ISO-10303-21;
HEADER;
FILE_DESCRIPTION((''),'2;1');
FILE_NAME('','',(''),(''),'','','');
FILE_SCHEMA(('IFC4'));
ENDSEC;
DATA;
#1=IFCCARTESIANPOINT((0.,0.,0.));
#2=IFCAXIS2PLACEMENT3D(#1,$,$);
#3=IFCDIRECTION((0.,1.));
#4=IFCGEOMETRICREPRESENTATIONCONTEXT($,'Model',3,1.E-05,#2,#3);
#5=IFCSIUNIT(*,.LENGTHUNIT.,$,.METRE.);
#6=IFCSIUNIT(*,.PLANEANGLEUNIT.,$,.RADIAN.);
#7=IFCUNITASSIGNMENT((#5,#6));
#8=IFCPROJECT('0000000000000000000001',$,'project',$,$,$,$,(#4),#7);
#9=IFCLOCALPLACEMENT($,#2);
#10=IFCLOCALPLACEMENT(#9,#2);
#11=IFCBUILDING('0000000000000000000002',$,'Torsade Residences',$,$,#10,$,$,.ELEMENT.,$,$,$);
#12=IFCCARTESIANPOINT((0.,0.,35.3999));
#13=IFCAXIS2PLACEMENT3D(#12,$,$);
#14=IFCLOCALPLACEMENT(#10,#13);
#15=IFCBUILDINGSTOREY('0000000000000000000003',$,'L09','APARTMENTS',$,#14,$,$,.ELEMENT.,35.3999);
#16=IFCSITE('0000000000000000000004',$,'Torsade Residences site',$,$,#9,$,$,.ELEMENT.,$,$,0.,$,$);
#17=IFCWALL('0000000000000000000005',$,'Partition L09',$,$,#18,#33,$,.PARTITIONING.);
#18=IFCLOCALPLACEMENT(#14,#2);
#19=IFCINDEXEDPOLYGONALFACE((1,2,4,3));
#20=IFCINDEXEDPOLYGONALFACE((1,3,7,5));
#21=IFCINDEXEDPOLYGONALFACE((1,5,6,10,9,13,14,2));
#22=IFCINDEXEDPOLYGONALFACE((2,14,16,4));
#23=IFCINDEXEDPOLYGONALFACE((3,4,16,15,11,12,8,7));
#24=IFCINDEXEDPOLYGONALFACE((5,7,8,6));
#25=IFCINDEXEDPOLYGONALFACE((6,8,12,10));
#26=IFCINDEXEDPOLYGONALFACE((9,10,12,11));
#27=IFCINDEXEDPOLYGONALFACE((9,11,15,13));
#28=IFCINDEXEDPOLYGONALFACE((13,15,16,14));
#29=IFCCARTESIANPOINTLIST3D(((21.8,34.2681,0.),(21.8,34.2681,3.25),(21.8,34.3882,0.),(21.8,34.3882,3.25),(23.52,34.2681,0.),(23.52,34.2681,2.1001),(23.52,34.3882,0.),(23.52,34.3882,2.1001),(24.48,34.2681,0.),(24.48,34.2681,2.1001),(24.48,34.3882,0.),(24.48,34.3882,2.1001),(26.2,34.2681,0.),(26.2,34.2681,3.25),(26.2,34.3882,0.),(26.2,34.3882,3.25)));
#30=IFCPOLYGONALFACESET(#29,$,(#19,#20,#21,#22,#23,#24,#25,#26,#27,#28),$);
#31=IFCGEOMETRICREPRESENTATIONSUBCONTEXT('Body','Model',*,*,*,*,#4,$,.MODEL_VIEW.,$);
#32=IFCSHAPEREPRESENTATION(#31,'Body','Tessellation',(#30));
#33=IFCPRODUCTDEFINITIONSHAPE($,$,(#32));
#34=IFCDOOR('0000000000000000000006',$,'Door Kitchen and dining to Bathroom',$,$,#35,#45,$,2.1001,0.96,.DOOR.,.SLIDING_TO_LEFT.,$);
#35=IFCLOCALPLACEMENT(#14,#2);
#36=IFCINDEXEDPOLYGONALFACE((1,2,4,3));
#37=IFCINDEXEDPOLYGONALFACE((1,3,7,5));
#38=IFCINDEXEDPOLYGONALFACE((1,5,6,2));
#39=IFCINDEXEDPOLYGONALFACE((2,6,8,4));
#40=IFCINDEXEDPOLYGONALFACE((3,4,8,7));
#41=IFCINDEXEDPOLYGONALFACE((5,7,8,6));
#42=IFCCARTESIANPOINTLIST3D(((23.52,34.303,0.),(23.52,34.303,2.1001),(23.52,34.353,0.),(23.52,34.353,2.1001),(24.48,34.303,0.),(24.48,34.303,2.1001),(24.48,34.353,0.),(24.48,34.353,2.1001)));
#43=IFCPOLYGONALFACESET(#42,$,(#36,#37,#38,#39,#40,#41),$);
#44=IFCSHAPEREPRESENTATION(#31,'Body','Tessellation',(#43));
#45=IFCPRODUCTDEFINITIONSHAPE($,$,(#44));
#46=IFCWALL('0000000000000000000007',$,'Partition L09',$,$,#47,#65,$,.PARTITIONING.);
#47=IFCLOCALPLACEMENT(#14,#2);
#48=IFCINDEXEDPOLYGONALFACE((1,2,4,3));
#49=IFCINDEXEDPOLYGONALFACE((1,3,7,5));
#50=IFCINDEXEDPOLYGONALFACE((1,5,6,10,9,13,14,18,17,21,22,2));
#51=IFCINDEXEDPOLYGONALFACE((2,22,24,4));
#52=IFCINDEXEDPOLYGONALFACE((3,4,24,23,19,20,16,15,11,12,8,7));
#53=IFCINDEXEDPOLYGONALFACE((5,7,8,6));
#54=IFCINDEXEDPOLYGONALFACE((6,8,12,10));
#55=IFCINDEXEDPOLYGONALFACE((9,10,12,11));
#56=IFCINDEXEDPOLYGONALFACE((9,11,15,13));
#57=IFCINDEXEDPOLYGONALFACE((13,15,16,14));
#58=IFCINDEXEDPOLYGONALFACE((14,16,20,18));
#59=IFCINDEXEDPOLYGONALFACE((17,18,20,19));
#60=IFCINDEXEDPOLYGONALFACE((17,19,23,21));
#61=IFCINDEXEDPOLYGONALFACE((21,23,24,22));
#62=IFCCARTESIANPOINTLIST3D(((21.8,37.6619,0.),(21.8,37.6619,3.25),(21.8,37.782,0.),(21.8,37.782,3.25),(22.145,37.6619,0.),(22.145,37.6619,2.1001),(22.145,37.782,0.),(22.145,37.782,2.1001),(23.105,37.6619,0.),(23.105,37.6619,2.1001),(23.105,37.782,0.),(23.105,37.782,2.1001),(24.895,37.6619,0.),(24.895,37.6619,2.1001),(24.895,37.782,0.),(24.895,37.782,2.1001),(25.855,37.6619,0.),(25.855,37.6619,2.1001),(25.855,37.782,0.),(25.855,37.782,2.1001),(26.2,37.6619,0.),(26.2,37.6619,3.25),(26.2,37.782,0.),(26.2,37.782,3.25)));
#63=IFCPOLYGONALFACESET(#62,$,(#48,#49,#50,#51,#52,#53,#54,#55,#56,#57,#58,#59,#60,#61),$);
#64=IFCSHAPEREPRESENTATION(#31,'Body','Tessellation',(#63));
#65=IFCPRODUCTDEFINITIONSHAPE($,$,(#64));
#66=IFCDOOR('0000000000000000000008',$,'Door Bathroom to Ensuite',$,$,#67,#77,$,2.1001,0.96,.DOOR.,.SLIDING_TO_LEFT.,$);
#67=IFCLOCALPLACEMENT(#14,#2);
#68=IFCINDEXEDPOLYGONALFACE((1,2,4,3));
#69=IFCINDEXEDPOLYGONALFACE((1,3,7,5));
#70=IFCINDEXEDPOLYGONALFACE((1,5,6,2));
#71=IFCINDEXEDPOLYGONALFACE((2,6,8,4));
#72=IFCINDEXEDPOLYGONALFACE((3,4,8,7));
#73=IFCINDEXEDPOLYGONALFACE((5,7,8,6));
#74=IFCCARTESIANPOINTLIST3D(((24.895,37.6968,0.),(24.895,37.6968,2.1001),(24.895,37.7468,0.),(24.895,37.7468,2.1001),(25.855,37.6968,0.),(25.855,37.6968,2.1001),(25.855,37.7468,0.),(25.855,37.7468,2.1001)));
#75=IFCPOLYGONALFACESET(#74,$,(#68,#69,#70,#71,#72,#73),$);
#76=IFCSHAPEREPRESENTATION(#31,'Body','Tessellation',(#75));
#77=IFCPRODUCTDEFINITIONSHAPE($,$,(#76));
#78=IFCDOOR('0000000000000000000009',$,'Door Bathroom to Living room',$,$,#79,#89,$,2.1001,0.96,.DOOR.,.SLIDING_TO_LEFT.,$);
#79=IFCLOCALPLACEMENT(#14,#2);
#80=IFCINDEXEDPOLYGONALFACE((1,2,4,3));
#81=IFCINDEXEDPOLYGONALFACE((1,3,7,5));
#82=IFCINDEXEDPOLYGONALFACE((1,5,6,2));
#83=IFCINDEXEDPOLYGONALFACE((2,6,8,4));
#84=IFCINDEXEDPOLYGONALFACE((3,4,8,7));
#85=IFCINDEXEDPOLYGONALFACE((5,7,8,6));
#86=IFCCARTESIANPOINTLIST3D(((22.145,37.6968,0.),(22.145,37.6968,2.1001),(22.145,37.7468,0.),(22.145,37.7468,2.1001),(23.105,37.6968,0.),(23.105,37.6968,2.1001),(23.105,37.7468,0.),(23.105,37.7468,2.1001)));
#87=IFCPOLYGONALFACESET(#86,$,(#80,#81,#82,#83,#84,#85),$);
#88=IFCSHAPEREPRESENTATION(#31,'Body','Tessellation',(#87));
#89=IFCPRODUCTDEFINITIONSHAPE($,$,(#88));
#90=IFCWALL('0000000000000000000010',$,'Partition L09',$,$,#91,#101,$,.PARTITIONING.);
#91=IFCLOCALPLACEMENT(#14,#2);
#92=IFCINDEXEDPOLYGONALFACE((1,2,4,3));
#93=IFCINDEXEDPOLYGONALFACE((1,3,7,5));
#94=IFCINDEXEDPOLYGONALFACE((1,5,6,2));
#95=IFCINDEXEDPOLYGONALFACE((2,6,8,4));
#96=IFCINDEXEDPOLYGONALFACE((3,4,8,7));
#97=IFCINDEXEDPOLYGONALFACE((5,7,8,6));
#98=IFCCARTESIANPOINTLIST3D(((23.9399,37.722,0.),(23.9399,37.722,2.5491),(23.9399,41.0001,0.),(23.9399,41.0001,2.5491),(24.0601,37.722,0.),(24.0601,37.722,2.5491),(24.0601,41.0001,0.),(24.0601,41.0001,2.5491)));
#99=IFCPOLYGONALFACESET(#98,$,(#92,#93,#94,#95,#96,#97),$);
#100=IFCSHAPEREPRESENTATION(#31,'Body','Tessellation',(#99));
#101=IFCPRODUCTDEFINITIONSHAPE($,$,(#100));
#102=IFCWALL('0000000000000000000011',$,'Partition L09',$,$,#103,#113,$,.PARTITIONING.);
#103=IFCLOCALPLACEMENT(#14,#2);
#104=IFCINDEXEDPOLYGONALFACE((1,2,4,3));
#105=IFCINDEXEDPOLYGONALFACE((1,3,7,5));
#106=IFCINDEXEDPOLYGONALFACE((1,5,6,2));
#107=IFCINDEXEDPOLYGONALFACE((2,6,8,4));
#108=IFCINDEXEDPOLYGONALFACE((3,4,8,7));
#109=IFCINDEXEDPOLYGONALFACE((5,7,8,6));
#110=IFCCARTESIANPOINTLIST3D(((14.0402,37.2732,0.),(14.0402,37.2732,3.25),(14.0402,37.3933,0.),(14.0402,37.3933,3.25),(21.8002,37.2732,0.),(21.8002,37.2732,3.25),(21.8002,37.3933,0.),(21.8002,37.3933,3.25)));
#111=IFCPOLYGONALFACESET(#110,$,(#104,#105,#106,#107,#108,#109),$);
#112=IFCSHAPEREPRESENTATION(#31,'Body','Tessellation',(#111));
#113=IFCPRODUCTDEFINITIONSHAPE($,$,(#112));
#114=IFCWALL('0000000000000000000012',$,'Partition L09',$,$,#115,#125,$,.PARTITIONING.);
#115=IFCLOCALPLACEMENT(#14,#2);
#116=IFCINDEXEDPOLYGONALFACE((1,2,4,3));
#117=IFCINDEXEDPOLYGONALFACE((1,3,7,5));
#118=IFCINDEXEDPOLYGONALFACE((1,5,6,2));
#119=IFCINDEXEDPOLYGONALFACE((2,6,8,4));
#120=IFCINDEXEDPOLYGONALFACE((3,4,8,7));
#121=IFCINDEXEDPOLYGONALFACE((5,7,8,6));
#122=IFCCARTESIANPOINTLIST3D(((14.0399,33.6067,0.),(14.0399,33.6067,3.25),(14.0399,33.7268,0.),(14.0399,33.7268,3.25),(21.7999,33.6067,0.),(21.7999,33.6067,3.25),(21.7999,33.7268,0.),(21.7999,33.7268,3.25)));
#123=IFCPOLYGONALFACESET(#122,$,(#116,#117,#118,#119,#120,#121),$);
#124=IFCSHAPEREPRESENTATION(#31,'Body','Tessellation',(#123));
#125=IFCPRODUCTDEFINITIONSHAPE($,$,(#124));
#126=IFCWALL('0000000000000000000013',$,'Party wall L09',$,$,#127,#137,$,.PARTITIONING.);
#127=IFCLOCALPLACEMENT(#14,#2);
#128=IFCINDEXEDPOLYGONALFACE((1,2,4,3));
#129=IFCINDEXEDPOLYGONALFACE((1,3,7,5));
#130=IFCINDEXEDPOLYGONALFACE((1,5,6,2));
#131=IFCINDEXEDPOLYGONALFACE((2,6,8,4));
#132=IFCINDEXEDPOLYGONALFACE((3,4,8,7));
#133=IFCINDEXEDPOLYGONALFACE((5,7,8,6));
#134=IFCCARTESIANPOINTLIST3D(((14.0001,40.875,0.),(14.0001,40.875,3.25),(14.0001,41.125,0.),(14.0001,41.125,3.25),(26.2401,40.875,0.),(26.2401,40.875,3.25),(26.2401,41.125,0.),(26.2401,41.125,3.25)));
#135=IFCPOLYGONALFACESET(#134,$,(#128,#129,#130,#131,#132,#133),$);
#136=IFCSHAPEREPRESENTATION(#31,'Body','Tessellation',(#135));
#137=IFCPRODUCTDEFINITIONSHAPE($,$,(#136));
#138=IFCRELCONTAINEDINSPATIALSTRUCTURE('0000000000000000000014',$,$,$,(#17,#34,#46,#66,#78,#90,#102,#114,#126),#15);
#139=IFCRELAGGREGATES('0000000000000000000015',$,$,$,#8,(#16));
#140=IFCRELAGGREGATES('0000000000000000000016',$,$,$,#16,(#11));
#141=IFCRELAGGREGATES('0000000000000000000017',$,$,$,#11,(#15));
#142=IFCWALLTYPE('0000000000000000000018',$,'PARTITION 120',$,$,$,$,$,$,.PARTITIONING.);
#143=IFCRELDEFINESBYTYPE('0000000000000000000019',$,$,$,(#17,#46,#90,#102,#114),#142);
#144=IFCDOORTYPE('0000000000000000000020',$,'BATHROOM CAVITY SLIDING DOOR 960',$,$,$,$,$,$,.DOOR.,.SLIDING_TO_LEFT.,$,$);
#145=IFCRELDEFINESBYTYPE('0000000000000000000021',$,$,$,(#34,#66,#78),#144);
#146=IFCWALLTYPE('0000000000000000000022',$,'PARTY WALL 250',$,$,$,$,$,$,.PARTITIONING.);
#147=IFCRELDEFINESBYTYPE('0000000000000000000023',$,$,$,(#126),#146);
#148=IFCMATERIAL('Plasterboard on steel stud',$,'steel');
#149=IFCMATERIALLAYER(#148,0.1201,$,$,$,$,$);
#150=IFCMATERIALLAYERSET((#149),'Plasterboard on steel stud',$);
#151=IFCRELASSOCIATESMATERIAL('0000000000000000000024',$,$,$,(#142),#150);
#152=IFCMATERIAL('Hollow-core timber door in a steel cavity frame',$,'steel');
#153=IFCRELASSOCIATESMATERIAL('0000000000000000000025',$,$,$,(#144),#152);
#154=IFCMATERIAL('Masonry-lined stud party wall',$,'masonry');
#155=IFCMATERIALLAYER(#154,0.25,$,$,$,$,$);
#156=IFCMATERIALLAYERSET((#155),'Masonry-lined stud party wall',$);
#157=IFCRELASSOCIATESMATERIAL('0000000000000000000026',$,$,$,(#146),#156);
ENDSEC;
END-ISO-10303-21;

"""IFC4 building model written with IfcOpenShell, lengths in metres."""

from ifc_helpers import new_model, si_unit, direction, frame, frame_2d, origin, place, context, subcontext, project, spatial, rectangle, extrude, material, layer, layer_set, type_object, element, fill, save


model = new_model("IFC4")

# Units and contexts
model_context = context("Model", 3, precision=1e-05, world=origin(), true_north=direction((0.0, 1.0)))
body_context = subcontext(model_context, "Body", "Model", "MODEL_VIEW")
ifc_project = project(units=[si_unit("LENGTHUNIT", "METRE"), si_unit("PLANEANGLEUNIT", "RADIAN")], contexts=[model_context])

# Site, building, storey
site_placement = place(None, origin())
site = spatial("IfcSite", under=ifc_project, at=site_placement, Name="Torsade Residences site", CompositionType="ELEMENT", RefElevation=0.0)
building_placement = place(site_placement, origin())
building = spatial("IfcBuilding", under=site, at=building_placement, Name="Torsade Residences", CompositionType="ELEMENT")
storey_placement = place(building_placement, frame((0.0, 0.0, 35.3999)))
storey = spatial("IfcBuildingStorey", under=building, at=storey_placement, Name="L09", Description="APARTMENTS", CompositionType="ELEMENT", Elevation=35.3999)

# Wall, opening, door
ifc_material_1 = material(Name="Plasterboard on steel stud", Category="steel")
ifc_layer_1 = layer(ifc_material_1, 0.1201)
ifc_layer_set_1 = layer_set([ifc_layer_1], Name="Plasterboard on steel stud")
wall_type_1 = type_object("IfcWallType", Name="PARTITION 120", PredefinedType="PARTITIONING", material=ifc_layer_set_1)
wall_1_placement = place(storey_placement, frame((21.8, 34.3281, 0.0), z_axis=(0.0, 0.0, 1.0), x_axis=(1.0, 0.0, 0.0)))
wall_1 = element("IfcWall", 1, at=wall_1_placement, inside=storey, type_object=wall_type_1, Name="Partition L09", PredefinedType="PARTITIONING", context=body_context, shape_type="SweptSolid", body=[
    extrude(rectangle(XDim=4.3999, YDim=0.1201, at=frame_2d((2.2, 0.0))), origin(), (0.0, 0.0, 1.0), 3.25),
])
opening_1_placement = place(wall_1_placement, frame((1.72, 0.0, 0.0)))
opening_1 = element("IfcOpeningElement", 2, at=opening_1_placement, cuts=wall_1, PredefinedType="OPENING", context=body_context, shape_type="SweptSolid", body=[
    extrude(rectangle(XDim=0.96, YDim=2.1001, at=frame_2d((0.48, 1.05))), frame((0.0, 0.0701, 0.0), z_axis=(0.0, -1.0, 0.0), x_axis=(1.0, 0.0, 0.0)), (0.0, 0.0, 1.0), 0.1401),
])
ifc_material_2 = material(Name="Hollow-core timber door in a steel cavity frame", Category="steel")
door_type_1 = type_object("IfcDoorType", Name="BATHROOM CAVITY SLIDING DOOR 960", OperationType="SLIDING_TO_LEFT", PredefinedType="DOOR", material=ifc_material_2)
door_1_placement = place(opening_1_placement, origin())
door_1 = element("IfcDoor", 3, at=door_1_placement, inside=storey, type_object=door_type_1, Name="Door Kitchen and dining to Bathroom", OperationType="SLIDING_TO_LEFT", OverallHeight=2.1001, OverallWidth=0.96, PredefinedType="DOOR", context=body_context, shape_type="SweptSolid", body=[
    extrude(rectangle(XDim=0.96, YDim=2.1001, at=frame_2d((0.48, 1.05))), frame((0.0, 0.0249, 0.0), z_axis=(0.0, -1.0, 0.0), x_axis=(1.0, 0.0, 0.0)), (0.0, 0.0, 1.0), 0.05),
])
fill(opening_1, door_1)

# Wall, openings, doors
wall_2_placement = place(storey_placement, frame((21.8, 37.7219, 0.0), z_axis=(0.0, 0.0, 1.0), x_axis=(1.0, 0.0, 0.0)))
wall_2 = element("IfcWall", 4, at=wall_2_placement, inside=storey, type_object=wall_type_1, Name="Partition L09", PredefinedType="PARTITIONING", context=body_context, shape_type="SweptSolid", body=[
    extrude(rectangle(XDim=4.3999, YDim=0.1201, at=frame_2d((2.2, 0.0))), origin(), (0.0, 0.0, 1.0), 3.25),
])
opening_2_placement = place(wall_2_placement, frame((3.095, 0.0, 0.0)))
opening_2 = element("IfcOpeningElement", 5, at=opening_2_placement, cuts=wall_2, PredefinedType="OPENING", context=body_context, shape_type="SweptSolid", body=[
    extrude(rectangle(XDim=0.96, YDim=2.1001, at=frame_2d((0.48, 1.05))), frame((0.0, 0.0701, 0.0), z_axis=(0.0, -1.0, 0.0), x_axis=(1.0, 0.0, 0.0)), (0.0, 0.0, 1.0), 0.1401),
])
opening_3_placement = place(wall_2_placement, frame((0.345, 0.0, 0.0)))
opening_3 = element("IfcOpeningElement", 6, at=opening_3_placement, cuts=wall_2, PredefinedType="OPENING", context=body_context, shape_type="SweptSolid", body=[
    extrude(rectangle(XDim=0.96, YDim=2.1001, at=frame_2d((0.48, 1.05))), frame((0.0, 0.0701, 0.0), z_axis=(0.0, -1.0, 0.0), x_axis=(1.0, 0.0, 0.0)), (0.0, 0.0, 1.0), 0.1401),
])
door_2_placement = place(opening_2_placement, origin())
door_2 = element("IfcDoor", 7, at=door_2_placement, inside=storey, type_object=door_type_1, Name="Door Bathroom to Ensuite", OperationType="SLIDING_TO_LEFT", OverallHeight=2.1001, OverallWidth=0.96, PredefinedType="DOOR", context=body_context, shape_type="SweptSolid", body=[
    extrude(rectangle(XDim=0.96, YDim=2.1001, at=frame_2d((0.48, 1.05))), frame((0.0, 0.0249, 0.0), z_axis=(0.0, -1.0, 0.0), x_axis=(1.0, 0.0, 0.0)), (0.0, 0.0, 1.0), 0.05),
])
fill(opening_2, door_2)
door_3_placement = place(opening_3_placement, origin())
door_3 = element("IfcDoor", 8, at=door_3_placement, inside=storey, type_object=door_type_1, Name="Door Bathroom to Living room", OperationType="SLIDING_TO_LEFT", OverallHeight=2.1001, OverallWidth=0.96, PredefinedType="DOOR", context=body_context, shape_type="SweptSolid", body=[
    extrude(rectangle(XDim=0.96, YDim=2.1001, at=frame_2d((0.48, 1.05))), frame((0.0, 0.0249, 0.0), z_axis=(0.0, -1.0, 0.0), x_axis=(1.0, 0.0, 0.0)), (0.0, 0.0, 1.0), 0.05),
])
fill(opening_3, door_3)

# Walls
wall_3_placement = place(storey_placement, frame((24.0, 37.7219, 0.0), z_axis=(0.0, 0.0, 1.0), x_axis=(0.0, 1.0, 0.0)))
element("IfcWall", 9, at=wall_3_placement, inside=storey, type_object=wall_type_1, Name="Partition L09", PredefinedType="PARTITIONING", context=body_context, shape_type="SweptSolid", body=[
    extrude(rectangle(XDim=3.2781, YDim=0.1201, at=frame_2d((1.6392, 0.0))), origin(), (0.0, 0.0, 1.0), 2.5491),
])
for number, where, z_axis, x_axis, name in (
    (10, (21.8, 37.3333, 0.0), (0.0, 0.0, 1.0), (-1.0, 0.0, 0.0), "Partition L09"),
    (11, (14.04, 33.6667, 0.0), (0.0, 0.0, 1.0), (1.0, 0.0, 0.0), "Partition L09"),
):
    element("IfcWall", number, at=place(storey_placement, frame(where, z_axis=z_axis, x_axis=x_axis)), inside=storey, type_object=wall_type_1, Name=name, PredefinedType="PARTITIONING", context=body_context, shape_type="SweptSolid", body=[
        extrude(rectangle(XDim=7.76, YDim=0.1201, at=frame_2d((3.8799, 0.0))), origin(), (0.0, 0.0, 1.0), 3.25),
    ])
ifc_material_3 = material(Name="Masonry-lined stud party wall", Category="masonry")
ifc_layer_2 = layer(ifc_material_3, 0.25)
ifc_layer_set_2 = layer_set([ifc_layer_2], Name="Masonry-lined stud party wall")
wall_type_2 = type_object("IfcWallType", Name="PARTY WALL 250", PredefinedType="PARTITIONING", material=ifc_layer_set_2)
wall_4_placement = place(storey_placement, frame((14.0, 41.0, 0.0), z_axis=(0.0, 0.0, 1.0), x_axis=(1.0, 0.0, 0.0)))
element("IfcWall", 12, at=wall_4_placement, inside=storey, type_object=wall_type_2, Name="Party wall L09", PredefinedType="PARTITIONING", context=body_context, shape_type="SweptSolid", body=[
    extrude(rectangle(XDim=12.24, YDim=0.25, at=frame_2d((6.1201, 0.0))), origin(), (0.0, 0.0, 1.0), 3.25),
])

save(model, "model.ifc")
